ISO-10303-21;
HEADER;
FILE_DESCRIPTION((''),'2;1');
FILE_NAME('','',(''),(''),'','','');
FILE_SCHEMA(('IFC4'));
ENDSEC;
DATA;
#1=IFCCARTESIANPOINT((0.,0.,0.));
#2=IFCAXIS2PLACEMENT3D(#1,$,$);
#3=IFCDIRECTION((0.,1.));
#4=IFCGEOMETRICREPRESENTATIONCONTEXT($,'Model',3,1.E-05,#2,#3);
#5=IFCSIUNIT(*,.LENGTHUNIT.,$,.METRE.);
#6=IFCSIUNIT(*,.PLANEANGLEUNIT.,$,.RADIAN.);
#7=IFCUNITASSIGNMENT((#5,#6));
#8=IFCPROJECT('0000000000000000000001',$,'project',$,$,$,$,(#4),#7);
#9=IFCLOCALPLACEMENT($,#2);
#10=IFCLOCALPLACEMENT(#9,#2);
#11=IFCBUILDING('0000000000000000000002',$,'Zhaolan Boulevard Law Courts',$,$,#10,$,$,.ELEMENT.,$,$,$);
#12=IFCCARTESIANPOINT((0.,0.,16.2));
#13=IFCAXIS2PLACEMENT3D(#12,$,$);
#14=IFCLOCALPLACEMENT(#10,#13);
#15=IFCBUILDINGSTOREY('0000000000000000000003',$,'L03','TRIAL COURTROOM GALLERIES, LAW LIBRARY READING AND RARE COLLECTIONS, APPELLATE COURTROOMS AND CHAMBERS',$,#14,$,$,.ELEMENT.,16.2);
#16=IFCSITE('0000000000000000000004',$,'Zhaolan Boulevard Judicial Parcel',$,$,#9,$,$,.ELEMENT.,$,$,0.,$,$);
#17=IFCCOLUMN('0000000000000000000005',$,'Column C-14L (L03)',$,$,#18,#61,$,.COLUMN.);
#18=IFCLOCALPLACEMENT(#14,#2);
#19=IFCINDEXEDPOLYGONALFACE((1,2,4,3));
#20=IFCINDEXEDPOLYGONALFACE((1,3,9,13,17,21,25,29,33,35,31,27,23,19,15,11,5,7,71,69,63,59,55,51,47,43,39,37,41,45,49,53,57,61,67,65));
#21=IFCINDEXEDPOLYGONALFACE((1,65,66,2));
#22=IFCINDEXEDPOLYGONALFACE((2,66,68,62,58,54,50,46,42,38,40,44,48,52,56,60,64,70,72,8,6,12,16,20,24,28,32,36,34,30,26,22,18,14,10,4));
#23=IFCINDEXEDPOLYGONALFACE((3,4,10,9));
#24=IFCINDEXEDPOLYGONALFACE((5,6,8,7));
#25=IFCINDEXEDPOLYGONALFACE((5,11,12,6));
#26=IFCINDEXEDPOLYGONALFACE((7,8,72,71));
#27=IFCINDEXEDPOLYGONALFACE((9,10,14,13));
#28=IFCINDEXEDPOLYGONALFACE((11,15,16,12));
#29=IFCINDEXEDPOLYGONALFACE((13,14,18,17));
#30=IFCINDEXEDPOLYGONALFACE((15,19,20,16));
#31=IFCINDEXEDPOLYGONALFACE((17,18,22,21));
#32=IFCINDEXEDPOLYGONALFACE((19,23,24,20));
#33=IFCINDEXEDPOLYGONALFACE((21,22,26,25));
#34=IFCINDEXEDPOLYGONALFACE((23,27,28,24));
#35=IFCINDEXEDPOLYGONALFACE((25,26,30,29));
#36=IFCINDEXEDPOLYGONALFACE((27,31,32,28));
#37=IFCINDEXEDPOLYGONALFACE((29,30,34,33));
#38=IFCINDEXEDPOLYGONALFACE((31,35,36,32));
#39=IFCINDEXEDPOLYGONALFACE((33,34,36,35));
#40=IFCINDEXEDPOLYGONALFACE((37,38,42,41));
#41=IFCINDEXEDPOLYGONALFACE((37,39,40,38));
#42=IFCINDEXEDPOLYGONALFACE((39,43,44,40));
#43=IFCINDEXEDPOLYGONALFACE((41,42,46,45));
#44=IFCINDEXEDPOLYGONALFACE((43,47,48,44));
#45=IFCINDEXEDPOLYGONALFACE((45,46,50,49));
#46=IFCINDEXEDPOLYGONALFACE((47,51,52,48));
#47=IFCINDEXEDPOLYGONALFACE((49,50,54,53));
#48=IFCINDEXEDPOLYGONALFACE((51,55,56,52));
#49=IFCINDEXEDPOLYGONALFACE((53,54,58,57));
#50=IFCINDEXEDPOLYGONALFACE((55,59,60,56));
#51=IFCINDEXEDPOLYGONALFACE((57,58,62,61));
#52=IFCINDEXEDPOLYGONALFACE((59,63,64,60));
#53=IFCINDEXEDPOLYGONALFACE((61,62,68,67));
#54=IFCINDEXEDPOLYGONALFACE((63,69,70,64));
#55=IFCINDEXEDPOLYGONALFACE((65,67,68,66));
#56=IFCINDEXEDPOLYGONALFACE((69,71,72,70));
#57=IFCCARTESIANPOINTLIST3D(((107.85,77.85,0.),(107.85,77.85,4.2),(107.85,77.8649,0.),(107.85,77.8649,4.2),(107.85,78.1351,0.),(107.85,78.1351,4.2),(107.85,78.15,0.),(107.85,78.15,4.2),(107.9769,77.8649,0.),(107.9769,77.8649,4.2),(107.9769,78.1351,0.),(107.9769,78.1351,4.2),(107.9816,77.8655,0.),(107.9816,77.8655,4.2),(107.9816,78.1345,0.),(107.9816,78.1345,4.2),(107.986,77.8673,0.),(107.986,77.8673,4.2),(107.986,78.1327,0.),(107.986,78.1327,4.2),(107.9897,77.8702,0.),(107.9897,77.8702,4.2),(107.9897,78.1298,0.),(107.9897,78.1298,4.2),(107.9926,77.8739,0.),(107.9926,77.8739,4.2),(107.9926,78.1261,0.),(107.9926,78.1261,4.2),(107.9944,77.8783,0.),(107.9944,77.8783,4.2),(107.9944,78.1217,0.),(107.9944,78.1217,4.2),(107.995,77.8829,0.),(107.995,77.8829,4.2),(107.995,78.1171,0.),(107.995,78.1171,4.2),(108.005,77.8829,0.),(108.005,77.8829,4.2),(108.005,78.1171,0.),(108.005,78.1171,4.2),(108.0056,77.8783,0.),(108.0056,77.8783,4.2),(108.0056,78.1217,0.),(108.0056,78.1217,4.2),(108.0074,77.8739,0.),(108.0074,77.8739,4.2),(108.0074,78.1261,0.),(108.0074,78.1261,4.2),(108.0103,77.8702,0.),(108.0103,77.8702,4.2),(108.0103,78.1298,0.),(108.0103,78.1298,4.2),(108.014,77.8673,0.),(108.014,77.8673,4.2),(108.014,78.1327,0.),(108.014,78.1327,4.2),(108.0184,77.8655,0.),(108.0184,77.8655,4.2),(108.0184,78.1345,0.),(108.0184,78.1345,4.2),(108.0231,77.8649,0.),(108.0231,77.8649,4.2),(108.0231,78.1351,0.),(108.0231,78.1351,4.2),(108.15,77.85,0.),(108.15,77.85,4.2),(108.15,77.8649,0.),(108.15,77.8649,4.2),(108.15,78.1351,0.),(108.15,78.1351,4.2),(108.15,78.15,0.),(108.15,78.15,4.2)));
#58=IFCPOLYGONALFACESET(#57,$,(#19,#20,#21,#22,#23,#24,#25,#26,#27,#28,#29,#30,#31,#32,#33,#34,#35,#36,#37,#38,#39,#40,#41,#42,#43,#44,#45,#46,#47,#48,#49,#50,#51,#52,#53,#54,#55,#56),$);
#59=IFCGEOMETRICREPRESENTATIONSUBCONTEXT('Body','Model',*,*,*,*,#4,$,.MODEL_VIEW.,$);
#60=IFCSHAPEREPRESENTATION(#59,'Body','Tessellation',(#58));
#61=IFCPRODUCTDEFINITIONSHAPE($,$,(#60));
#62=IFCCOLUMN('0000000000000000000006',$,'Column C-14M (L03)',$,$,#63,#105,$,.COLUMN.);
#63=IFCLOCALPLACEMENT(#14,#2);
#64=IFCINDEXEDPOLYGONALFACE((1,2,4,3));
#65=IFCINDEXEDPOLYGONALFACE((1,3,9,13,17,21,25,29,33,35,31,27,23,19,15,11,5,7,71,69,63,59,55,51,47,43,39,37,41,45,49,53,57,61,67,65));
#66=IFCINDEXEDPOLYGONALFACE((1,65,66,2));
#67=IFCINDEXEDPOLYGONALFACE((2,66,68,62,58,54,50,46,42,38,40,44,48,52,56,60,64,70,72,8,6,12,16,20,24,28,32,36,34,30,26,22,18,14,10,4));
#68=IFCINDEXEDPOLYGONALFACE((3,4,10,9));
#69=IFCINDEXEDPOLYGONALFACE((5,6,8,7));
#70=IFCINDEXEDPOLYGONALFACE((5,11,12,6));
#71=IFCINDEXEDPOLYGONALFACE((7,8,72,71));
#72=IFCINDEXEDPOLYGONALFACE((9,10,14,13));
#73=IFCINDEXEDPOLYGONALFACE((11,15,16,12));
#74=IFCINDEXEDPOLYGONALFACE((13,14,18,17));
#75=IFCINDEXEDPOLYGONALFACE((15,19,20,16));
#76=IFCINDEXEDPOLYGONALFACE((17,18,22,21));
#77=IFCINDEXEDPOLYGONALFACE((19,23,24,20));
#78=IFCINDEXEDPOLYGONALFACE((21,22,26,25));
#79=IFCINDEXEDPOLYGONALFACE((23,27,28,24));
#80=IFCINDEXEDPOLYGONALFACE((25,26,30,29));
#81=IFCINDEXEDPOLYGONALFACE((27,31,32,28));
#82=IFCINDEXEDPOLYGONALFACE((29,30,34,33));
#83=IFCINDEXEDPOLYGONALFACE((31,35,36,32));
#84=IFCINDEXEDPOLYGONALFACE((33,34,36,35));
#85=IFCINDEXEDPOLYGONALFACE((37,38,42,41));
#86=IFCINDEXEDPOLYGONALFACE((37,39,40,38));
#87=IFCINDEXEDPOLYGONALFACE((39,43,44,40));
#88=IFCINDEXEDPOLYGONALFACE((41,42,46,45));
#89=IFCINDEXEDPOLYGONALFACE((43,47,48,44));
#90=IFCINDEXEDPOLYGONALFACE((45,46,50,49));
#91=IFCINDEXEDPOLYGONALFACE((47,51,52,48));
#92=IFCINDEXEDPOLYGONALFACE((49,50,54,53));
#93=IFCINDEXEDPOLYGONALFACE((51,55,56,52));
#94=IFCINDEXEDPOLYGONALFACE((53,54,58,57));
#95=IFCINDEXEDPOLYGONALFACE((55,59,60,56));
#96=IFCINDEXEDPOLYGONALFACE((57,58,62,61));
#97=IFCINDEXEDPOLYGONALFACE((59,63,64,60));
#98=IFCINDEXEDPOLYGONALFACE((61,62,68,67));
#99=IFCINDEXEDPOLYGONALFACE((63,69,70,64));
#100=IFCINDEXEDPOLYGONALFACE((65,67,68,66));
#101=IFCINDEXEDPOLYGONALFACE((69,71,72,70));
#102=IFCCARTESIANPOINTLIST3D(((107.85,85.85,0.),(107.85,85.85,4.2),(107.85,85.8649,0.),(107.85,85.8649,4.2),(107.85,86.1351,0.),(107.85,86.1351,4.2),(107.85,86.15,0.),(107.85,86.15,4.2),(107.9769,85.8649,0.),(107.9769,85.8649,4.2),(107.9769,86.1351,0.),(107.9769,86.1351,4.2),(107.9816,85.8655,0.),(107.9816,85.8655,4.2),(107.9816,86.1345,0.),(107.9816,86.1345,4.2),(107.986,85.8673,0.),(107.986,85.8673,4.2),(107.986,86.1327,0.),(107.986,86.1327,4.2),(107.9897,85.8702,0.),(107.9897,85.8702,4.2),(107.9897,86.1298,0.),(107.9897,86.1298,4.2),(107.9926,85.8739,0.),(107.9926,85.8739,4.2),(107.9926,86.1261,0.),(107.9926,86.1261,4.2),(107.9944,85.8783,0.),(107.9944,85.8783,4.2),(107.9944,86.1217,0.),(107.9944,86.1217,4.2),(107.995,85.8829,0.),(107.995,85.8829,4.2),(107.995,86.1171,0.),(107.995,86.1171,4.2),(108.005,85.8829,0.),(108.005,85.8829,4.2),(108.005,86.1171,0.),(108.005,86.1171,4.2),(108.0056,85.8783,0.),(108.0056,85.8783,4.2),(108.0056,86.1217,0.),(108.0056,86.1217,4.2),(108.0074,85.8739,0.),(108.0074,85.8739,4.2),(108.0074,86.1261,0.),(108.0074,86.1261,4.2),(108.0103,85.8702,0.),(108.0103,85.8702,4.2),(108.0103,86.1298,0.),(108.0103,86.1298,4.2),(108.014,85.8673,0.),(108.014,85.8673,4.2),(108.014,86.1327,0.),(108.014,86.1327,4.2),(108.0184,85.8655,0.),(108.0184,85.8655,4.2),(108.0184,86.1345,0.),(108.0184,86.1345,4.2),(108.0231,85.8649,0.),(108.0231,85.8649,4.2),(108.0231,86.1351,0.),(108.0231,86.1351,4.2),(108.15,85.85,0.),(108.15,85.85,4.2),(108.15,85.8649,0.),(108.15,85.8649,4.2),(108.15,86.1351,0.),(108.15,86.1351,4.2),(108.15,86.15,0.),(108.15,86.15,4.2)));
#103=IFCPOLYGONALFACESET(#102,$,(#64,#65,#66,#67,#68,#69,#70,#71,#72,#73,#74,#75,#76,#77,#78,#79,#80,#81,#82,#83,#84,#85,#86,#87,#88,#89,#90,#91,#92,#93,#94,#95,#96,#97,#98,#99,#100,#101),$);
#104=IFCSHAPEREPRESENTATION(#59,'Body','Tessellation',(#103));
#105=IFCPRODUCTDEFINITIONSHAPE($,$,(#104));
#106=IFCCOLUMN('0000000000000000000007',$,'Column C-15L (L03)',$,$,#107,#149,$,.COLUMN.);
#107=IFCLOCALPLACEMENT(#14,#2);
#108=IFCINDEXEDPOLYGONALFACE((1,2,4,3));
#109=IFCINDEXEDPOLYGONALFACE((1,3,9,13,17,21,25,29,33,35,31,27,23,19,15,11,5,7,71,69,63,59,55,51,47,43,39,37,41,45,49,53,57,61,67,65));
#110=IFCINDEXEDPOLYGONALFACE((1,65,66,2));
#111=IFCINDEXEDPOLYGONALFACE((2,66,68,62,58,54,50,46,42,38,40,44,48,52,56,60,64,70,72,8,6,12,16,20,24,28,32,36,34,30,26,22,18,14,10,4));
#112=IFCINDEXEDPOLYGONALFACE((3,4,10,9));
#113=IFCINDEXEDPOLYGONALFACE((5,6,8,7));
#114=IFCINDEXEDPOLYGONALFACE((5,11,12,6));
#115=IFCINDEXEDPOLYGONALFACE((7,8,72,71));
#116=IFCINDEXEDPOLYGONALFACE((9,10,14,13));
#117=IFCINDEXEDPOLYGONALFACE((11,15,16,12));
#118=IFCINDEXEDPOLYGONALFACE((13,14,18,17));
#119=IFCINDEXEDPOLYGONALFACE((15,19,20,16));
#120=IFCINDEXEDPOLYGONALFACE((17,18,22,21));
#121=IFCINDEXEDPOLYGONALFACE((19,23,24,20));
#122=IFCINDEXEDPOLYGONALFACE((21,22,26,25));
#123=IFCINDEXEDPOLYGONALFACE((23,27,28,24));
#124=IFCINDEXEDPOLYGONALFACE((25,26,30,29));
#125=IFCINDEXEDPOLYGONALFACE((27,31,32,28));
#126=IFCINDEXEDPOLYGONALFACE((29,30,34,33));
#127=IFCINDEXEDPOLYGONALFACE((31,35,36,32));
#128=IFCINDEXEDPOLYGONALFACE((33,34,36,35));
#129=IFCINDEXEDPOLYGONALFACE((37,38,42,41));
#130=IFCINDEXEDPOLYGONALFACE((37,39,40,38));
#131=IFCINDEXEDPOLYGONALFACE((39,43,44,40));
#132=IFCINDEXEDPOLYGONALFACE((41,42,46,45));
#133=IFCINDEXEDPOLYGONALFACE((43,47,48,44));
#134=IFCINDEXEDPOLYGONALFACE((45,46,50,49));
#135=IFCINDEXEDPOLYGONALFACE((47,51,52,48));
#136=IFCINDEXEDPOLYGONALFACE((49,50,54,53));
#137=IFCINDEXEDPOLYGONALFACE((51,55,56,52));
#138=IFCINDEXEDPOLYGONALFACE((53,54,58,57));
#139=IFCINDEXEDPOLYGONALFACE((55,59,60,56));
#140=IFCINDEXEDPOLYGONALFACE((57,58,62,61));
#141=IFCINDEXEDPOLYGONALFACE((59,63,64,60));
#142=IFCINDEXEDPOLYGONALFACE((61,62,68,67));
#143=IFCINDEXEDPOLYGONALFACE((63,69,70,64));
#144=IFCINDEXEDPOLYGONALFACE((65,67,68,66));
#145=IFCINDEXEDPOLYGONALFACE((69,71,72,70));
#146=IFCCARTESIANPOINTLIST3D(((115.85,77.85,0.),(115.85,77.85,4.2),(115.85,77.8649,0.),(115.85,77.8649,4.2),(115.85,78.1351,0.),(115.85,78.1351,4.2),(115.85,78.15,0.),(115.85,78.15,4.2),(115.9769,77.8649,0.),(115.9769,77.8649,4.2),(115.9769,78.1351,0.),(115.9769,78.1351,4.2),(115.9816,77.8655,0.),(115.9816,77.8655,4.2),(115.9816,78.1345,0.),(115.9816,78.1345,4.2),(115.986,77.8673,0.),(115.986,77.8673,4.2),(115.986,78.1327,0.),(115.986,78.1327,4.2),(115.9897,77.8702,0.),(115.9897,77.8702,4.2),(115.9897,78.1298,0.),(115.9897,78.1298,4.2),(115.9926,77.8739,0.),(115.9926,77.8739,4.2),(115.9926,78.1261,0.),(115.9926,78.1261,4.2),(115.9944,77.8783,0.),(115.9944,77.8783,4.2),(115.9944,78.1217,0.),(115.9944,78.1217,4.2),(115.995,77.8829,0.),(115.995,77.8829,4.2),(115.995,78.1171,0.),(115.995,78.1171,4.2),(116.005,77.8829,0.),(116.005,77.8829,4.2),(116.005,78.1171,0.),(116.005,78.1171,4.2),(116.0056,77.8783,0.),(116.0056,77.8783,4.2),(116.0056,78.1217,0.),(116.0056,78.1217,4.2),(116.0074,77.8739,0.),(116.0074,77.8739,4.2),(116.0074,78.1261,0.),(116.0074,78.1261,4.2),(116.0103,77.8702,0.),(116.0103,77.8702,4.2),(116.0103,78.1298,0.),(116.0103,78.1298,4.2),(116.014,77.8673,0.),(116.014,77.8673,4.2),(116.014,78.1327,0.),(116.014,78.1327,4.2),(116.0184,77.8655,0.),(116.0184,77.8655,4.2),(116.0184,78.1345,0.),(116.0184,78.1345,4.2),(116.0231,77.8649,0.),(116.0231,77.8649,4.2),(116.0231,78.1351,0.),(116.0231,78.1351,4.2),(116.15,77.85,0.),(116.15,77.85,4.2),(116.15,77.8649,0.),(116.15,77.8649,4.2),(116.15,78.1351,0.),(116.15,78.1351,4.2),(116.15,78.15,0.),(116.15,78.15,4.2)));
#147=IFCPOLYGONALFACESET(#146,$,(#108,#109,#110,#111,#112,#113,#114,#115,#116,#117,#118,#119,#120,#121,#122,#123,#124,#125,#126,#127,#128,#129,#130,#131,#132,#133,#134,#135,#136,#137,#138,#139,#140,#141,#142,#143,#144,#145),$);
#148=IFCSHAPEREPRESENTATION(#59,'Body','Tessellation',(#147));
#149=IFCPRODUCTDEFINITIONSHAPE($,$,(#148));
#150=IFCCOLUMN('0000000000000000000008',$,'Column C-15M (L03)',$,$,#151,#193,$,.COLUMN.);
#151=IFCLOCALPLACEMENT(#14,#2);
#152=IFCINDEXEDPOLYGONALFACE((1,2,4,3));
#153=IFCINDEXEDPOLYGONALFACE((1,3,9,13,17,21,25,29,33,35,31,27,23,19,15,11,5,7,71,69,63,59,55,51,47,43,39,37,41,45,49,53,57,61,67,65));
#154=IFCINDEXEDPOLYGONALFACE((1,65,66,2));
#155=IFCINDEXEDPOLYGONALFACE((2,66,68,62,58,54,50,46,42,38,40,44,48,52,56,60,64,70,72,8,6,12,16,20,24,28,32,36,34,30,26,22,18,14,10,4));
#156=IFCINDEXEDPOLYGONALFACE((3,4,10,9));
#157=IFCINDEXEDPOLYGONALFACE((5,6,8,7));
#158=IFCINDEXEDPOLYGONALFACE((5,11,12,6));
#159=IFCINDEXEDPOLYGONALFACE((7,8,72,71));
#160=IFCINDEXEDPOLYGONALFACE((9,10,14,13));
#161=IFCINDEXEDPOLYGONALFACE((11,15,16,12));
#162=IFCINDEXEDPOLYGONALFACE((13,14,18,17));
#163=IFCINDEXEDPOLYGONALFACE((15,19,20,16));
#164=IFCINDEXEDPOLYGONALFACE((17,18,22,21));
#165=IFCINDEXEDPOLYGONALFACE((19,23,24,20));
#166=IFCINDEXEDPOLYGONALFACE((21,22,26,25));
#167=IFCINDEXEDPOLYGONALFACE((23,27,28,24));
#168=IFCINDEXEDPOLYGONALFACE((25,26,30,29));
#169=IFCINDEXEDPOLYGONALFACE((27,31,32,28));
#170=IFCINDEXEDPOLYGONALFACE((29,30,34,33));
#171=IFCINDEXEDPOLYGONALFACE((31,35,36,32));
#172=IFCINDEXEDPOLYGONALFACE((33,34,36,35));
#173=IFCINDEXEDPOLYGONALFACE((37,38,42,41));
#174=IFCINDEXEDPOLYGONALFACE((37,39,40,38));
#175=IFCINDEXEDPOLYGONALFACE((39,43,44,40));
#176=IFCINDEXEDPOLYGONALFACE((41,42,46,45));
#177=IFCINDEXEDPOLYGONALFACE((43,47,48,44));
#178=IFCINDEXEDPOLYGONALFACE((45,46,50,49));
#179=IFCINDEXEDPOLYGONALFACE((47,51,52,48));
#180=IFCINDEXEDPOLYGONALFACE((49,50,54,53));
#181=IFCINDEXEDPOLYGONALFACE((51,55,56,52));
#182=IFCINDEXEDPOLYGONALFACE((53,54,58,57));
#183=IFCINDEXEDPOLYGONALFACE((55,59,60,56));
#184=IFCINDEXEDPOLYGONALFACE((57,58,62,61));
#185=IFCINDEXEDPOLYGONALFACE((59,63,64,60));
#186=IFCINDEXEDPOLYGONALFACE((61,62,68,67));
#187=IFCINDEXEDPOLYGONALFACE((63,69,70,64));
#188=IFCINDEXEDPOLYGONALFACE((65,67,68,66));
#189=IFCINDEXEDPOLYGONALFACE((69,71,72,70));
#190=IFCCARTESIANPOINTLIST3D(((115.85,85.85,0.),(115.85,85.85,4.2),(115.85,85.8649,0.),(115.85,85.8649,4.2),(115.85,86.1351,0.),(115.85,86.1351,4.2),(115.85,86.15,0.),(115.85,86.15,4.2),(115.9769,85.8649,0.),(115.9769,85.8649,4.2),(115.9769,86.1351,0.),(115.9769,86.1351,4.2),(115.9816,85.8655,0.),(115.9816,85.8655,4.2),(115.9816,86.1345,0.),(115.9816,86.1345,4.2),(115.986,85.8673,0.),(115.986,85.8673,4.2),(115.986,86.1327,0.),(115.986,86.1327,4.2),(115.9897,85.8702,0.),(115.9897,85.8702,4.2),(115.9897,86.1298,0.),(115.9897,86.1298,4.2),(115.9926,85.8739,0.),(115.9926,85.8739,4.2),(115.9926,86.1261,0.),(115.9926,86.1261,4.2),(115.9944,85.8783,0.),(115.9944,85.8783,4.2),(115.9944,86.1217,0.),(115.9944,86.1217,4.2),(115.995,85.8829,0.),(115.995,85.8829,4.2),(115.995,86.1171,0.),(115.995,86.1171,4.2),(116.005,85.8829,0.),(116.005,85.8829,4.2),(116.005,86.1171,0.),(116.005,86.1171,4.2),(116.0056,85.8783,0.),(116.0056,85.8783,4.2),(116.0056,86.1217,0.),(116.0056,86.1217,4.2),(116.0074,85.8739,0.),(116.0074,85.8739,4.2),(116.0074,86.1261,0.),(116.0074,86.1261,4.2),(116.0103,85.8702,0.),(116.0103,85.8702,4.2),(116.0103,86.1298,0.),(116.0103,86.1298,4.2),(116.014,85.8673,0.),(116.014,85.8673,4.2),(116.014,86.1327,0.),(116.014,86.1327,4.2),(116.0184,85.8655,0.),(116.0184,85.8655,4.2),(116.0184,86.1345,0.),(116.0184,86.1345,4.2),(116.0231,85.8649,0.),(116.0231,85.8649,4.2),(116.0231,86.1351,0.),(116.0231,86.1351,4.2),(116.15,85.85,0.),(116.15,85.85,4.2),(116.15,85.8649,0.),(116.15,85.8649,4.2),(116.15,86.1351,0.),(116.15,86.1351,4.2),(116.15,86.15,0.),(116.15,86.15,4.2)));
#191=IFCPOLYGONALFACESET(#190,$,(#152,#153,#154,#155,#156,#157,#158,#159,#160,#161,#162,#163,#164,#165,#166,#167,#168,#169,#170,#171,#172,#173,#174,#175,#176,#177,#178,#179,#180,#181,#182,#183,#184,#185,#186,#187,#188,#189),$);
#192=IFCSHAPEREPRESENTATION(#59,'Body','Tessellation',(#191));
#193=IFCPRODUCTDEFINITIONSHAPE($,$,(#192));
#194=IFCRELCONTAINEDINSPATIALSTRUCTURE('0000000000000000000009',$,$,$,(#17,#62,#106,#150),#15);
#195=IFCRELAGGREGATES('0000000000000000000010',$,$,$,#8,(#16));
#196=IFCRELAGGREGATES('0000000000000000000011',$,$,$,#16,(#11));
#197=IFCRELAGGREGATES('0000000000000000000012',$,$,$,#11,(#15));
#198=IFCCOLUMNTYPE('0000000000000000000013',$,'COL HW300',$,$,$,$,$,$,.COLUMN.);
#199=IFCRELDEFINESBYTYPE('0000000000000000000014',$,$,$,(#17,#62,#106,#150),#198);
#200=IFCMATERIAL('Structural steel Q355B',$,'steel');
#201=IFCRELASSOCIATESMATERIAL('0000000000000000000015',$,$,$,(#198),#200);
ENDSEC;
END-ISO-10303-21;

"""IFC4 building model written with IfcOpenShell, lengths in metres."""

from ifc_helpers import new_model, si_unit, direction, frame, origin, origin_2d, place, context, subcontext, project, spatial, i_section, extrude, material, material_profile, profile_set, type_object, element, save


model = new_model("IFC4")

# Units and contexts
model_context = context("Model", 3, precision=1e-05, world=origin(), true_north=direction((0.0, 1.0)))
body_context = subcontext(model_context, "Body", "Model", "MODEL_VIEW")
ifc_project = project(units=[si_unit("LENGTHUNIT", "METRE"), si_unit("PLANEANGLEUNIT", "RADIAN")], contexts=[model_context])

# Site, building, storey
site_placement = place(None, origin())
site = spatial("IfcSite", under=ifc_project, at=site_placement, Name="Zhaolan Boulevard Judicial Parcel", CompositionType="ELEMENT", RefElevation=0.0)
building_placement = place(site_placement, origin())
building = spatial("IfcBuilding", under=site, at=building_placement, Name="Zhaolan Boulevard Law Courts", CompositionType="ELEMENT")
storey_placement = place(building_placement, frame((0.0, 0.0, 16.2)))
storey = spatial("IfcBuildingStorey", under=building, at=storey_placement, Name="L03", Description="TRIAL COURTROOM GALLERIES, LAW LIBRARY READING AND RARE COLLECTIONS, APPELLATE COURTROOMS AND CHAMBERS", CompositionType="ELEMENT", Elevation=16.2)

# Columns
ifc_material_1 = material(Name="Structural steel Q355B", Category="steel")
ifc_material_profile_1 = material_profile(ifc_material_1, i_section(OverallWidth=0.3, OverallDepth=0.3, WebThickness=0.01, FlangeThickness=0.0149, FilletRadius=0.0181, at=origin_2d()), Name="HW300x300")
ifc_profile_set_1 = profile_set([ifc_material_profile_1], Name="Structural steel Q355B")
column_type = type_object("IfcColumnType", Name="COL HW300", PredefinedType="COLUMN", material=ifc_profile_set_1)
for number, where, z_axis, x_axis, name in (
    (1, (108.0, 78.0, 0.0), (0.0, 0.0, 1.0), (1.0, 0.0, 0.0), "Column C-14L (L03)"),
    (2, (108.0, 86.0, 0.0), (0.0, 0.0, 1.0), (1.0, 0.0, 0.0), "Column C-14M (L03)"),
    (3, (116.0, 78.0, 0.0), (0.0, 0.0, 1.0), (1.0, 0.0, 0.0), "Column C-15L (L03)"),
    (4, (116.0, 86.0, 0.0), (0.0, 0.0, 1.0), (1.0, 0.0, 0.0), "Column C-15M (L03)"),
):
    element("IfcColumn", number, at=place(storey_placement, frame(where, z_axis=z_axis, x_axis=x_axis)), inside=storey, type_object=column_type, Name=name, PredefinedType="COLUMN", context=body_context, shape_type="SweptSolid", body=[
        extrude(i_section(OverallWidth=0.3, OverallDepth=0.3, WebThickness=0.01, FlangeThickness=0.0149, FilletRadius=0.0181, at=origin_2d()), origin(), (0.0, 0.0, 1.0), 4.2),
    ])

save(model, "model.ifc")
